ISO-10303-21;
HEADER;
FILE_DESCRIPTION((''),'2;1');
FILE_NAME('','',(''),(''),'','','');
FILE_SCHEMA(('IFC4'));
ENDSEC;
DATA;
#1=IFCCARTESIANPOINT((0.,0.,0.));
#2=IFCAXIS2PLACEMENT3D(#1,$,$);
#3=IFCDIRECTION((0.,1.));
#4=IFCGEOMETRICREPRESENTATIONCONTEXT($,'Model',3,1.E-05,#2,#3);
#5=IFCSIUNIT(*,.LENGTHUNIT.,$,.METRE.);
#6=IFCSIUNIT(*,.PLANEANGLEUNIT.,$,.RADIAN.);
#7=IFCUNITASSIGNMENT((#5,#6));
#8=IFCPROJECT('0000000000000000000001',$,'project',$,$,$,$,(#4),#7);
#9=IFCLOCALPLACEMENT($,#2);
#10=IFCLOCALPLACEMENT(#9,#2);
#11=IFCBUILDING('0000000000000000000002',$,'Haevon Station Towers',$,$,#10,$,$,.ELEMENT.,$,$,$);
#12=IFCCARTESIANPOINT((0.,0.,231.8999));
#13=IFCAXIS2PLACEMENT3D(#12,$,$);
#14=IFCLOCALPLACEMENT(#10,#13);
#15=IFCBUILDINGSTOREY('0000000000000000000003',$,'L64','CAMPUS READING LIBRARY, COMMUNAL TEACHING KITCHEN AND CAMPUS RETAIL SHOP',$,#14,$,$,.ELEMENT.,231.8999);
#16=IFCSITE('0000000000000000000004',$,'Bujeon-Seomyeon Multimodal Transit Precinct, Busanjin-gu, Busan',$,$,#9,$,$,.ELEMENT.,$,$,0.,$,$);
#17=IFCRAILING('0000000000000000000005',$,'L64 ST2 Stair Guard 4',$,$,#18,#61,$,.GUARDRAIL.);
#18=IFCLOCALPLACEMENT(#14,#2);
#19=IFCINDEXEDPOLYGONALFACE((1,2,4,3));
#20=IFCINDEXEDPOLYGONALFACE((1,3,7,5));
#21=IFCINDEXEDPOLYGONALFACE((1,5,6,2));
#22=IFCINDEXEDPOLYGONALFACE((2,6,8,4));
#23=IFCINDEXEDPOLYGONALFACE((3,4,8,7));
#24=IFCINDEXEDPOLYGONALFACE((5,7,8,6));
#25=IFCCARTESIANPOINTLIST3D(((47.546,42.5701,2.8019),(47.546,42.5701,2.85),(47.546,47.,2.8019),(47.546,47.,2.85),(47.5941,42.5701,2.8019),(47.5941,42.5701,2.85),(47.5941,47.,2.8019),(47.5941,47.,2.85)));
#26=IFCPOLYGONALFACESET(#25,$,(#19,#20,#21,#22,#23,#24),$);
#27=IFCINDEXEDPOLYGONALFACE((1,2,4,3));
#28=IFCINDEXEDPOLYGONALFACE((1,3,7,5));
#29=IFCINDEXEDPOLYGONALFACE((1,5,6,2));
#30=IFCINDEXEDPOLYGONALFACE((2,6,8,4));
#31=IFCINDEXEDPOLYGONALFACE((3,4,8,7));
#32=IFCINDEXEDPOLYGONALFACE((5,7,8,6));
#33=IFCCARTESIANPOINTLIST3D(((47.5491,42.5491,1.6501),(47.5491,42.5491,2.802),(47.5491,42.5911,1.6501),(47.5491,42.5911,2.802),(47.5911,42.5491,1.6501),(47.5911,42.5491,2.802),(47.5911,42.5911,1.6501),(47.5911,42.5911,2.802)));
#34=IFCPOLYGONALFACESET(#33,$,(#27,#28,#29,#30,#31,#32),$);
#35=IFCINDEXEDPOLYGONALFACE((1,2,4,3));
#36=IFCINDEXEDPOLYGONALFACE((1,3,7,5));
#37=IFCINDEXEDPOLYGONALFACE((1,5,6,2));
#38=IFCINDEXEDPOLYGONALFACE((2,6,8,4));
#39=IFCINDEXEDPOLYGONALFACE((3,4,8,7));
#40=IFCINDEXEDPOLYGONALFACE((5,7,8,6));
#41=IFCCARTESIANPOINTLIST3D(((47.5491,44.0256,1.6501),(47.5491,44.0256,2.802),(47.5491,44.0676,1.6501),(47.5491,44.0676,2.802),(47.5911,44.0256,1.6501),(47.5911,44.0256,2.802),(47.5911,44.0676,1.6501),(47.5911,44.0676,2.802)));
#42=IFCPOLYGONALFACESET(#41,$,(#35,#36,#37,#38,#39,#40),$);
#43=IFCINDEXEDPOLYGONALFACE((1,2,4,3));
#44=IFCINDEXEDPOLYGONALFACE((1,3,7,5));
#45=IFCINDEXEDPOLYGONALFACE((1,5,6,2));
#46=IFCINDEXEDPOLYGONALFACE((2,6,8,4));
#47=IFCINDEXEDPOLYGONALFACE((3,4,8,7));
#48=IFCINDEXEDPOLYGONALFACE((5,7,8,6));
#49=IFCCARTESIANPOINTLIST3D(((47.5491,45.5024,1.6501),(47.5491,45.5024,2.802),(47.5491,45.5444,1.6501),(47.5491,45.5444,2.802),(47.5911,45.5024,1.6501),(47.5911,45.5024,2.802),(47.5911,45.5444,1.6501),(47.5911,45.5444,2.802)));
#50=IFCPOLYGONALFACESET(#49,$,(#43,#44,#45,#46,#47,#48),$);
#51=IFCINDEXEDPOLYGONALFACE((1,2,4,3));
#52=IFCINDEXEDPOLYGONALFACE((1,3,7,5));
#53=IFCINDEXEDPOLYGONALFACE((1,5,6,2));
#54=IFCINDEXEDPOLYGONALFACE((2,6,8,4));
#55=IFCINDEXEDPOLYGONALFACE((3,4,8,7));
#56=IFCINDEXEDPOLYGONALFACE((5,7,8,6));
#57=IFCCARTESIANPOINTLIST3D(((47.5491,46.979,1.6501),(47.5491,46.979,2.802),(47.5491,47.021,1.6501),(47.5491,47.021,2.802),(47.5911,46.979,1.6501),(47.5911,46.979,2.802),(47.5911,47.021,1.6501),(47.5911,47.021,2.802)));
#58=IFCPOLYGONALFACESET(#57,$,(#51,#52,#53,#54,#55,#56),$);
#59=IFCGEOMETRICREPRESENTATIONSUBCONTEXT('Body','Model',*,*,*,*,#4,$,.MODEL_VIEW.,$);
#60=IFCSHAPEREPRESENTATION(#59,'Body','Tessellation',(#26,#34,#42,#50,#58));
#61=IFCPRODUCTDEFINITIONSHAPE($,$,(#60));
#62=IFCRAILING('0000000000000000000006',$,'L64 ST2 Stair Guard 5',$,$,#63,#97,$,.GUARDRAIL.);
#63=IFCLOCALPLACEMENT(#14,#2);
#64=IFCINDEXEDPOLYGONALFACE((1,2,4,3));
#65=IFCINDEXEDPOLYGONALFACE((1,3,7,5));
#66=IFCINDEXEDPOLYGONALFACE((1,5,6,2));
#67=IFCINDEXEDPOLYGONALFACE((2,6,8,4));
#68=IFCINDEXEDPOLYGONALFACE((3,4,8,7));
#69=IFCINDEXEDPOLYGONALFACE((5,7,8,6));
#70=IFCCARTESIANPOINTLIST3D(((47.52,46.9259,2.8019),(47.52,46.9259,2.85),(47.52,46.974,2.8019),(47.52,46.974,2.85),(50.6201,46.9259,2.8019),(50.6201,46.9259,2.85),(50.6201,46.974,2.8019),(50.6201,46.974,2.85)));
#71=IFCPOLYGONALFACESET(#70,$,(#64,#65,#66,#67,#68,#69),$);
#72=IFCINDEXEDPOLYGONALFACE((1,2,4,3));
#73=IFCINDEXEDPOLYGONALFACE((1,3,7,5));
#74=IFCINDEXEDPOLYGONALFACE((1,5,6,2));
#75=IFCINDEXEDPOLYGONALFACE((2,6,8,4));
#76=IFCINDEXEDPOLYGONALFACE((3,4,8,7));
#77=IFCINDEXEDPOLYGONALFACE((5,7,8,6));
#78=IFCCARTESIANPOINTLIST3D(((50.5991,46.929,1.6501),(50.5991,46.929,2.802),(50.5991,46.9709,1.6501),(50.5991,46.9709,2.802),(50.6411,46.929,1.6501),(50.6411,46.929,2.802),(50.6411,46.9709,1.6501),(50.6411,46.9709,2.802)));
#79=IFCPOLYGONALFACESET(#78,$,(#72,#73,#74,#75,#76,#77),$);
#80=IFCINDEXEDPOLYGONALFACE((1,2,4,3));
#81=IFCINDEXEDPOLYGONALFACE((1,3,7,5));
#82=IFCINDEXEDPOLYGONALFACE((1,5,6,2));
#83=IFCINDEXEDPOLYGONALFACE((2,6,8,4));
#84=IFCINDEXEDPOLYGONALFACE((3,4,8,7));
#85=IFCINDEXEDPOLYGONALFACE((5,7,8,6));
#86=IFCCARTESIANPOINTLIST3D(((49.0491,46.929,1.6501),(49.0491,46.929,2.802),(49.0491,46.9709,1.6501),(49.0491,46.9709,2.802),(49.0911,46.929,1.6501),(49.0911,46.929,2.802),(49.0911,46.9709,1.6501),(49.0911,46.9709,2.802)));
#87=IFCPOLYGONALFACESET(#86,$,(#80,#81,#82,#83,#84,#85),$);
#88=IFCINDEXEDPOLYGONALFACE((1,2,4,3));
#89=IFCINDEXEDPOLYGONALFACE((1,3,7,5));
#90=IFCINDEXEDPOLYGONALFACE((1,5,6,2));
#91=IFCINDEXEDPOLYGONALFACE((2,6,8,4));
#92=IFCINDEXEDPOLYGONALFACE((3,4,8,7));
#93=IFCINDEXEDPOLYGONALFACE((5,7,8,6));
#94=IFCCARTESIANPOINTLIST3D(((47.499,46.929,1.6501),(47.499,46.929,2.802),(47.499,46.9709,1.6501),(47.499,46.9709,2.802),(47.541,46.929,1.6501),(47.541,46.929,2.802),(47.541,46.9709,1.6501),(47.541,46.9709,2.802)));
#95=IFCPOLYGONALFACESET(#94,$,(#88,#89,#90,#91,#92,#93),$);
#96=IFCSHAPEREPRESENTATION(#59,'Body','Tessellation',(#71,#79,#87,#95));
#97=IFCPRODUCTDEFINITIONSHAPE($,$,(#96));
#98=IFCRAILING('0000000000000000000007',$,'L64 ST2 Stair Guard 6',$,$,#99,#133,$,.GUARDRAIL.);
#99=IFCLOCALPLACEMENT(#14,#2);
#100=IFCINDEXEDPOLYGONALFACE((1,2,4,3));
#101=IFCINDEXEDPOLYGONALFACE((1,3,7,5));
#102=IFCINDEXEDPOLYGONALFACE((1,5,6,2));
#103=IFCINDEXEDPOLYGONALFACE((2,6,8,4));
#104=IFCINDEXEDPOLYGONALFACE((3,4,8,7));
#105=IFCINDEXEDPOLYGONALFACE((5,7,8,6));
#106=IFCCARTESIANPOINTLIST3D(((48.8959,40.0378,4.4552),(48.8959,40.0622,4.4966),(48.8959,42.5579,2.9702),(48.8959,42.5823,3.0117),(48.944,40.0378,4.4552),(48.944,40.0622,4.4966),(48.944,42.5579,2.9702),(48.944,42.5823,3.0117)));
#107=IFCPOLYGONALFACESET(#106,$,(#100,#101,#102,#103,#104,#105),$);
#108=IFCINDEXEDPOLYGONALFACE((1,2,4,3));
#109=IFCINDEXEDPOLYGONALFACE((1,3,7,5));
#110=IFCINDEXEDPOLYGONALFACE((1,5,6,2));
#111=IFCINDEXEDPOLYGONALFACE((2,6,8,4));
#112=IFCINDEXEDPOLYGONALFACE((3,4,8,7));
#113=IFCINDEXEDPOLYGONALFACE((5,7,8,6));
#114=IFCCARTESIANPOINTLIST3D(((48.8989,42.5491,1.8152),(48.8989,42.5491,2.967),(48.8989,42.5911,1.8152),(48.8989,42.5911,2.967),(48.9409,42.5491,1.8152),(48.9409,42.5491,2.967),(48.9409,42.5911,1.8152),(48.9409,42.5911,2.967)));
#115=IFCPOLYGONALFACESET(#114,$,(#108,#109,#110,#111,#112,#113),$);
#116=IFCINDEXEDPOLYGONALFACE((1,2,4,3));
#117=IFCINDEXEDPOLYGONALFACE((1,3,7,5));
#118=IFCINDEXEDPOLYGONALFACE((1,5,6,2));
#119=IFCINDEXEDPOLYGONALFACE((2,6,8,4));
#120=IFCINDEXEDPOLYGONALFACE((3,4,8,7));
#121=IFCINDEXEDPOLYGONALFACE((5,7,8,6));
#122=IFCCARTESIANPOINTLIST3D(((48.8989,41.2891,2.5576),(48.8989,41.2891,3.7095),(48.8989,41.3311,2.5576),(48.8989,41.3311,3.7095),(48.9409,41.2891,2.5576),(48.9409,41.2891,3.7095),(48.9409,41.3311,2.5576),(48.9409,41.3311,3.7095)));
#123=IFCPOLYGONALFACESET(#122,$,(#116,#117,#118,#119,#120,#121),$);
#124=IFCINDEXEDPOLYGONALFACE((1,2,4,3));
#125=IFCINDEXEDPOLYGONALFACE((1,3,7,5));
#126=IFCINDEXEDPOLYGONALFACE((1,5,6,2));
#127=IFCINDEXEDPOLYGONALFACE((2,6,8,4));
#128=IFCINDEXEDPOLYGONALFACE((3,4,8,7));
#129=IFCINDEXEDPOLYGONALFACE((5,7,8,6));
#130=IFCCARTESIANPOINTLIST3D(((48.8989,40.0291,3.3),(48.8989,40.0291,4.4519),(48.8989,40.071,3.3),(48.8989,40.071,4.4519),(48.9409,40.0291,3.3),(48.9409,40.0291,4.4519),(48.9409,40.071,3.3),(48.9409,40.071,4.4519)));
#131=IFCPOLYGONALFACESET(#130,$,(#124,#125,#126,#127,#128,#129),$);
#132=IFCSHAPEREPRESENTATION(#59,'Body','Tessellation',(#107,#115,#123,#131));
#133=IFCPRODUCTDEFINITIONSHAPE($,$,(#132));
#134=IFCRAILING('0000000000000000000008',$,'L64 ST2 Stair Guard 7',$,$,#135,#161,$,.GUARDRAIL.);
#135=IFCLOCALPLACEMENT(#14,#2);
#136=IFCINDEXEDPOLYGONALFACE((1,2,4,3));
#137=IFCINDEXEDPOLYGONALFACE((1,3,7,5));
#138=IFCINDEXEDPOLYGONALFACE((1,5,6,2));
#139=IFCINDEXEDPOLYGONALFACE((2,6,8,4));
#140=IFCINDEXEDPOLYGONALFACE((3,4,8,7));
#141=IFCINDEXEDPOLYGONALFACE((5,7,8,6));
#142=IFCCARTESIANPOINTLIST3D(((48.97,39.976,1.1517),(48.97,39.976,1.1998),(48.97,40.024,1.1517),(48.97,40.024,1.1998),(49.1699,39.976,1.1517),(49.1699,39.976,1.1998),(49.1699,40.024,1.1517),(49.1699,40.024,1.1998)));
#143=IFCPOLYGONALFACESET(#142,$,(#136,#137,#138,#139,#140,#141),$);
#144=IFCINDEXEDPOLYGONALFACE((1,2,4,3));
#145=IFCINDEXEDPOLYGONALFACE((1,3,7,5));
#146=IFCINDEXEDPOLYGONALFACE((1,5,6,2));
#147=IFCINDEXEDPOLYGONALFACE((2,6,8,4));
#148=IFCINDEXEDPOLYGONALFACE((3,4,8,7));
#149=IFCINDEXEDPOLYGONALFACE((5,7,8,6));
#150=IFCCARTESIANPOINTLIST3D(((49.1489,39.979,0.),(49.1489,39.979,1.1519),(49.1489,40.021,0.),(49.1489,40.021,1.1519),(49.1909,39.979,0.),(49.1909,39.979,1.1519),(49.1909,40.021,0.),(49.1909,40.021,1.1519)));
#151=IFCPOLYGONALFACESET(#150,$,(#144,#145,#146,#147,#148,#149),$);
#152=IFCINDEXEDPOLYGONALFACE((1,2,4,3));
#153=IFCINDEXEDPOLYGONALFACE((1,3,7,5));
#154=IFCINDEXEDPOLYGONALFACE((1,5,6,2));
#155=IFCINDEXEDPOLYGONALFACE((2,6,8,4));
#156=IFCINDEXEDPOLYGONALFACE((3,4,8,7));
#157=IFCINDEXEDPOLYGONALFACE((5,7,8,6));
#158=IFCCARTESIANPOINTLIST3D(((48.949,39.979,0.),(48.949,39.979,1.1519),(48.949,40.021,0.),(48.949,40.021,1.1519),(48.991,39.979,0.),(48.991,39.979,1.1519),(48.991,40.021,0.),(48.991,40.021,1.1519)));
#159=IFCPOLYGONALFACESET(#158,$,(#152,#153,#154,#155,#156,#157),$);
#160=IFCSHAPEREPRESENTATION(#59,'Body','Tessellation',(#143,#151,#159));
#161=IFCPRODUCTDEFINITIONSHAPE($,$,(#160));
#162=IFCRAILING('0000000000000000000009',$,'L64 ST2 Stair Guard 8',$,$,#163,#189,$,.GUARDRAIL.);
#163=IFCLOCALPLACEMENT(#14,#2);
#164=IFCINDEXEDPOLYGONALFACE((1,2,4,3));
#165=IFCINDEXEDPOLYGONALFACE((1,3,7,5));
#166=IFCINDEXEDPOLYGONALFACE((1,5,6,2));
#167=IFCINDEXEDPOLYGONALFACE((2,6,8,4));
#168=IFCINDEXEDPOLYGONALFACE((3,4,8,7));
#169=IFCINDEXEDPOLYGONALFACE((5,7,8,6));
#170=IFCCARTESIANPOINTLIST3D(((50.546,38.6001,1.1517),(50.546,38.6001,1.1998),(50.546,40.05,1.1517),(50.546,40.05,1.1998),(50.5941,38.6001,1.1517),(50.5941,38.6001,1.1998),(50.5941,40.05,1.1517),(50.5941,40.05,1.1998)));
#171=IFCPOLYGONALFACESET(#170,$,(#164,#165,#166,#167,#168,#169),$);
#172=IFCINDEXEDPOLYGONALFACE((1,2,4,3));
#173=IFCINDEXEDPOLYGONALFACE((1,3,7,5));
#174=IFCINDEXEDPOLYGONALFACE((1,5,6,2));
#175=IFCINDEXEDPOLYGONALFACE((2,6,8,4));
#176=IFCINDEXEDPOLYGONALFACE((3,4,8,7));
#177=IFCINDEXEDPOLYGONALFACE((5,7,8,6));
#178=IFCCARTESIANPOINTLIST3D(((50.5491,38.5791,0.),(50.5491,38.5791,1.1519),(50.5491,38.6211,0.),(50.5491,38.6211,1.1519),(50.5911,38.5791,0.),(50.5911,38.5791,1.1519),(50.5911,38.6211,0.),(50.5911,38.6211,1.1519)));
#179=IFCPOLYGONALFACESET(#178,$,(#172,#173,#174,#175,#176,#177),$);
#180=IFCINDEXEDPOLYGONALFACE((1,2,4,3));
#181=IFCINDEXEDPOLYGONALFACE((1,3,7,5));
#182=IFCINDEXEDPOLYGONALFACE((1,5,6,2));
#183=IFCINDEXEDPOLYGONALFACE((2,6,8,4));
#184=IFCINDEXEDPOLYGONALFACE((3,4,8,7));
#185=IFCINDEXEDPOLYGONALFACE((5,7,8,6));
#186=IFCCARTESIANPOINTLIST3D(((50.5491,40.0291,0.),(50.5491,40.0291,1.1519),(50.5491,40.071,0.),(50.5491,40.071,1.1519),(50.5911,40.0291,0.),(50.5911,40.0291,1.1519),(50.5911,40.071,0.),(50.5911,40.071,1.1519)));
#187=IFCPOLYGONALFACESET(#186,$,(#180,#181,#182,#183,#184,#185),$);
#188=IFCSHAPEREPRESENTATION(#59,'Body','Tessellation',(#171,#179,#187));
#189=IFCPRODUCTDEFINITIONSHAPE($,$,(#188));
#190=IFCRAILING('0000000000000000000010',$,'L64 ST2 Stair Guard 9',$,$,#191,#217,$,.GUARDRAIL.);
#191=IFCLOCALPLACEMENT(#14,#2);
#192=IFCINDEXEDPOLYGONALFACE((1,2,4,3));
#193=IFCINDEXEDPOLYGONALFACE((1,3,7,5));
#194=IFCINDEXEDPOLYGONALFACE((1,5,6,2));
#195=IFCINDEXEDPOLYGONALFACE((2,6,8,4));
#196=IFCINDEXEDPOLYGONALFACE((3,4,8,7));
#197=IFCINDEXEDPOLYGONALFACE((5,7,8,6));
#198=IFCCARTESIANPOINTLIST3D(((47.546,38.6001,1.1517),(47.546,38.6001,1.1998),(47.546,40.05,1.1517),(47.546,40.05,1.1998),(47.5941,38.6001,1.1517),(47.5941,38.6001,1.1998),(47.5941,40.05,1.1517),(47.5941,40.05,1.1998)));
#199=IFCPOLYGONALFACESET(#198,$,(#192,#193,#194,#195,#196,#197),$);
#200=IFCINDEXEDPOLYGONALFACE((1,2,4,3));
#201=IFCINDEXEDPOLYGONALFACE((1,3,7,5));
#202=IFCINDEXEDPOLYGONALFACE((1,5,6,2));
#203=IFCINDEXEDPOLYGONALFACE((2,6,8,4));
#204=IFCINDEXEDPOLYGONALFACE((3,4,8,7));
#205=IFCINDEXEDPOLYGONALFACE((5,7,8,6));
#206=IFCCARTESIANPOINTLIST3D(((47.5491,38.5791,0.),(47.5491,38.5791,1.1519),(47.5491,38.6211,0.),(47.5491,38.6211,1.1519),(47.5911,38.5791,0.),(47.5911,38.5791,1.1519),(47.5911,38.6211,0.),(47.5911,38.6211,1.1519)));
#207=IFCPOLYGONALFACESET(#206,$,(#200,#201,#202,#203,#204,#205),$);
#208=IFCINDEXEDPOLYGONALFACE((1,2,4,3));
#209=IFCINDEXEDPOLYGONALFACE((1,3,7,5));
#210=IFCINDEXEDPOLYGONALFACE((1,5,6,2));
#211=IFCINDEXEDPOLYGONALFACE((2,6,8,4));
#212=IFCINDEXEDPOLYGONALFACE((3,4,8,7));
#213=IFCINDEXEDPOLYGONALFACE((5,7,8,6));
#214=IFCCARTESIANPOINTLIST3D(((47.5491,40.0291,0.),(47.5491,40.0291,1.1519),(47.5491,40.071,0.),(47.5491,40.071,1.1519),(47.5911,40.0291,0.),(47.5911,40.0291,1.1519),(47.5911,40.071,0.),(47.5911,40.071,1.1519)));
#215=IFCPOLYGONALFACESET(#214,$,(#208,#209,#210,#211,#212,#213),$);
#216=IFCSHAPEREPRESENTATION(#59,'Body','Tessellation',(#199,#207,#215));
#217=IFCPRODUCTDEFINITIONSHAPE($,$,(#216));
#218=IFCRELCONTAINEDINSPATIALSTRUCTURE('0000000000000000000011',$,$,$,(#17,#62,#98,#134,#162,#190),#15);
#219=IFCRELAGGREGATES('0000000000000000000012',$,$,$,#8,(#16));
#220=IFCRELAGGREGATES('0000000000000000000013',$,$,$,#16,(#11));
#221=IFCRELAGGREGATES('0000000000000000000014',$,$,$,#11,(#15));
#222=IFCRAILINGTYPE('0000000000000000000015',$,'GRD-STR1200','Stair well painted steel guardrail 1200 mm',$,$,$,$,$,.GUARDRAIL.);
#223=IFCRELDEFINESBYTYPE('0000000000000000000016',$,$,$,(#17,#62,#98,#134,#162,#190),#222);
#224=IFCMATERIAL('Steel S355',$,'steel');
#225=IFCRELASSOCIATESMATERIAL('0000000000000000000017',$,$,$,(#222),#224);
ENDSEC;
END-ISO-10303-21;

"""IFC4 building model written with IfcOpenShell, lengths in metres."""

from ifc_helpers import new_model, si_unit, direction, frame, origin, origin_2d, place, context, subcontext, project, spatial, rectangle, extrude, material, type_object, element, save


model = new_model("IFC4")

# Units and contexts
model_context = context("Model", 3, precision=1e-05, world=origin(), true_north=direction((0.0, 1.0)))
body_context = subcontext(model_context, "Body", "Model", "MODEL_VIEW")
ifc_project = project(units=[si_unit("LENGTHUNIT", "METRE"), si_unit("PLANEANGLEUNIT", "RADIAN")], contexts=[model_context])

# Site, building, storey
site_placement = place(None, origin())
site = spatial("IfcSite", under=ifc_project, at=site_placement, Name="Bujeon-Seomyeon Multimodal Transit Precinct, Busanjin-gu, Busan", CompositionType="ELEMENT", RefElevation=0.0)
building_placement = place(site_placement, origin())
building = spatial("IfcBuilding", under=site, at=building_placement, Name="Haevon Station Towers", CompositionType="ELEMENT")
storey_placement = place(building_placement, frame((0.0, 0.0, 231.8999)))
storey = spatial("IfcBuildingStorey", under=building, at=storey_placement, Name="L64", Description="CAMPUS READING LIBRARY, COMMUNAL TEACHING KITCHEN AND CAMPUS RETAIL SHOP", CompositionType="ELEMENT", Elevation=231.8999)

# Shared definitions
ifc_material_1 = material(Name="Steel S355", Category="steel")

# Railings
railing_type_1 = type_object("IfcRailingType", Name="GRD-STR1200", Description="Stair well painted steel guardrail 1200 mm", PredefinedType="GUARDRAIL", material=ifc_material_1)
for number, where, name in (
    (1, (47.5701, 42.5701, 1.6501), "L64 ST2 Stair Guard 4"),
):
    element("IfcRailing", number, at=place(storey_placement, frame(where)), inside=storey, type_object=railing_type_1, Name=name, PredefinedType="GUARDRAIL", context=body_context, shape_type="SweptSolid", body=[
        extrude(rectangle(XDim=0.0481, YDim=0.0481, at=origin_2d()), frame((0.0, 0.0, 1.1758), z_axis=(0.0, 1.0, 0.0), x_axis=(-1.0, 0.0, 0.0)), (0.0, 0.0, 1.0), 4.4299),
        extrude(rectangle(XDim=0.042, YDim=0.042, at=origin_2d()), origin(), (0.0, 0.0, 1.0), 1.1519),
        extrude(rectangle(XDim=0.042, YDim=0.042, at=origin_2d()), frame((0.0, 1.4766, 0.0)), (0.0, 0.0, 1.0), 1.1519),
        extrude(rectangle(XDim=0.042, YDim=0.042, at=origin_2d()), frame((0.0, 2.9534, 0.0)), (0.0, 0.0, 1.0), 1.1519),
        extrude(rectangle(XDim=0.042, YDim=0.042, at=origin_2d()), frame((0.0, 4.4299, 0.0)), (0.0, 0.0, 1.0), 1.1519),
    ])
railing_1_placement = place(storey_placement, frame((50.6201, 46.95, 1.6501)))
element("IfcRailing", 2, at=railing_1_placement, inside=storey, type_object=railing_type_1, Name="L64 ST2 Stair Guard 5", PredefinedType="GUARDRAIL", context=body_context, shape_type="SweptSolid", body=[
    extrude(rectangle(XDim=0.0481, YDim=0.0481, at=origin_2d()), frame((0.0, 0.0, 1.1758), z_axis=(-1.0, 0.0, 0.0), x_axis=(0.0, -1.0, 0.0)), (0.0, 0.0, 1.0), 3.1001),
    extrude(rectangle(XDim=0.042, YDim=0.042, at=origin_2d()), origin(), (0.0, 0.0, 1.0), 1.1519),
    extrude(rectangle(XDim=0.042, YDim=0.042, at=origin_2d()), frame((-1.55, 0.0, 0.0)), (0.0, 0.0, 1.0), 1.1519),
    extrude(rectangle(XDim=0.042, YDim=0.042, at=origin_2d()), frame((-3.1001, 0.0, 0.0)), (0.0, 0.0, 1.0), 1.1519),
])
railing_2_placement = place(storey_placement, frame((48.9199, 42.5701, 1.8152)))
element("IfcRailing", 3, at=railing_2_placement, inside=storey, type_object=railing_type_1, Name="L64 ST2 Stair Guard 6", PredefinedType="GUARDRAIL", context=body_context, shape_type="SweptSolid", body=[
    extrude(rectangle(XDim=0.0481, YDim=0.0481, at=origin_2d()), frame((0.0, 0.0, 1.1758), z_axis=(0.0, -0.861561, 0.507655), x_axis=(1.0, 0.0, 0.0)), (0.0, 0.0, 1.0), 2.925),
    extrude(rectangle(XDim=0.042, YDim=0.042, at=origin_2d()), origin(), (0.0, 0.0, 1.0), 1.1519),
    extrude(rectangle(XDim=0.042, YDim=0.042, at=origin_2d()), frame((0.0, -1.26, 0.7424)), (0.0, 0.0, 1.0), 1.1519),
    extrude(rectangle(XDim=0.042, YDim=0.042, at=origin_2d()), frame((0.0, -2.52, 1.4849)), (0.0, 0.0, 1.0), 1.1519),
])
railing_3_placement = place(storey_placement, frame((49.1699, 40.0, 0.0)))
element("IfcRailing", 4, at=railing_3_placement, inside=storey, type_object=railing_type_1, Name="L64 ST2 Stair Guard 7", PredefinedType="GUARDRAIL", context=body_context, shape_type="SweptSolid", body=[
    extrude(rectangle(XDim=0.0481, YDim=0.0481, at=origin_2d()), frame((0.0, 0.0, 1.1758), z_axis=(-1.0, 0.0, 0.0), x_axis=(0.0, -1.0, 0.0)), (0.0, 0.0, 1.0), 0.2),
    extrude(rectangle(XDim=0.042, YDim=0.042, at=origin_2d()), origin(), (0.0, 0.0, 1.0), 1.1519),
    extrude(rectangle(XDim=0.042, YDim=0.042, at=origin_2d()), frame((-0.2, 0.0, 0.0)), (0.0, 0.0, 1.0), 1.1519),
])
for number, where, name in (
    (5, (50.5701, 38.6001, 0.0), "L64 ST2 Stair Guard 8"),
    (6, (47.5701, 38.6001, 0.0), "L64 ST2 Stair Guard 9"),
):
    element("IfcRailing", number, at=place(storey_placement, frame(where)), inside=storey, type_object=railing_type_1, Name=name, PredefinedType="GUARDRAIL", context=body_context, shape_type="SweptSolid", body=[
        extrude(rectangle(XDim=0.0481, YDim=0.0481, at=origin_2d()), frame((0.0, 0.0, 1.1758), z_axis=(0.0, 1.0, 0.0), x_axis=(-1.0, 0.0, 0.0)), (0.0, 0.0, 1.0), 1.45),
        extrude(rectangle(XDim=0.042, YDim=0.042, at=origin_2d()), origin(), (0.0, 0.0, 1.0), 1.1519),
        extrude(rectangle(XDim=0.042, YDim=0.042, at=origin_2d()), frame((0.0, 1.45, 0.0)), (0.0, 0.0, 1.0), 1.1519),
    ])

save(model, "model.ifc")
